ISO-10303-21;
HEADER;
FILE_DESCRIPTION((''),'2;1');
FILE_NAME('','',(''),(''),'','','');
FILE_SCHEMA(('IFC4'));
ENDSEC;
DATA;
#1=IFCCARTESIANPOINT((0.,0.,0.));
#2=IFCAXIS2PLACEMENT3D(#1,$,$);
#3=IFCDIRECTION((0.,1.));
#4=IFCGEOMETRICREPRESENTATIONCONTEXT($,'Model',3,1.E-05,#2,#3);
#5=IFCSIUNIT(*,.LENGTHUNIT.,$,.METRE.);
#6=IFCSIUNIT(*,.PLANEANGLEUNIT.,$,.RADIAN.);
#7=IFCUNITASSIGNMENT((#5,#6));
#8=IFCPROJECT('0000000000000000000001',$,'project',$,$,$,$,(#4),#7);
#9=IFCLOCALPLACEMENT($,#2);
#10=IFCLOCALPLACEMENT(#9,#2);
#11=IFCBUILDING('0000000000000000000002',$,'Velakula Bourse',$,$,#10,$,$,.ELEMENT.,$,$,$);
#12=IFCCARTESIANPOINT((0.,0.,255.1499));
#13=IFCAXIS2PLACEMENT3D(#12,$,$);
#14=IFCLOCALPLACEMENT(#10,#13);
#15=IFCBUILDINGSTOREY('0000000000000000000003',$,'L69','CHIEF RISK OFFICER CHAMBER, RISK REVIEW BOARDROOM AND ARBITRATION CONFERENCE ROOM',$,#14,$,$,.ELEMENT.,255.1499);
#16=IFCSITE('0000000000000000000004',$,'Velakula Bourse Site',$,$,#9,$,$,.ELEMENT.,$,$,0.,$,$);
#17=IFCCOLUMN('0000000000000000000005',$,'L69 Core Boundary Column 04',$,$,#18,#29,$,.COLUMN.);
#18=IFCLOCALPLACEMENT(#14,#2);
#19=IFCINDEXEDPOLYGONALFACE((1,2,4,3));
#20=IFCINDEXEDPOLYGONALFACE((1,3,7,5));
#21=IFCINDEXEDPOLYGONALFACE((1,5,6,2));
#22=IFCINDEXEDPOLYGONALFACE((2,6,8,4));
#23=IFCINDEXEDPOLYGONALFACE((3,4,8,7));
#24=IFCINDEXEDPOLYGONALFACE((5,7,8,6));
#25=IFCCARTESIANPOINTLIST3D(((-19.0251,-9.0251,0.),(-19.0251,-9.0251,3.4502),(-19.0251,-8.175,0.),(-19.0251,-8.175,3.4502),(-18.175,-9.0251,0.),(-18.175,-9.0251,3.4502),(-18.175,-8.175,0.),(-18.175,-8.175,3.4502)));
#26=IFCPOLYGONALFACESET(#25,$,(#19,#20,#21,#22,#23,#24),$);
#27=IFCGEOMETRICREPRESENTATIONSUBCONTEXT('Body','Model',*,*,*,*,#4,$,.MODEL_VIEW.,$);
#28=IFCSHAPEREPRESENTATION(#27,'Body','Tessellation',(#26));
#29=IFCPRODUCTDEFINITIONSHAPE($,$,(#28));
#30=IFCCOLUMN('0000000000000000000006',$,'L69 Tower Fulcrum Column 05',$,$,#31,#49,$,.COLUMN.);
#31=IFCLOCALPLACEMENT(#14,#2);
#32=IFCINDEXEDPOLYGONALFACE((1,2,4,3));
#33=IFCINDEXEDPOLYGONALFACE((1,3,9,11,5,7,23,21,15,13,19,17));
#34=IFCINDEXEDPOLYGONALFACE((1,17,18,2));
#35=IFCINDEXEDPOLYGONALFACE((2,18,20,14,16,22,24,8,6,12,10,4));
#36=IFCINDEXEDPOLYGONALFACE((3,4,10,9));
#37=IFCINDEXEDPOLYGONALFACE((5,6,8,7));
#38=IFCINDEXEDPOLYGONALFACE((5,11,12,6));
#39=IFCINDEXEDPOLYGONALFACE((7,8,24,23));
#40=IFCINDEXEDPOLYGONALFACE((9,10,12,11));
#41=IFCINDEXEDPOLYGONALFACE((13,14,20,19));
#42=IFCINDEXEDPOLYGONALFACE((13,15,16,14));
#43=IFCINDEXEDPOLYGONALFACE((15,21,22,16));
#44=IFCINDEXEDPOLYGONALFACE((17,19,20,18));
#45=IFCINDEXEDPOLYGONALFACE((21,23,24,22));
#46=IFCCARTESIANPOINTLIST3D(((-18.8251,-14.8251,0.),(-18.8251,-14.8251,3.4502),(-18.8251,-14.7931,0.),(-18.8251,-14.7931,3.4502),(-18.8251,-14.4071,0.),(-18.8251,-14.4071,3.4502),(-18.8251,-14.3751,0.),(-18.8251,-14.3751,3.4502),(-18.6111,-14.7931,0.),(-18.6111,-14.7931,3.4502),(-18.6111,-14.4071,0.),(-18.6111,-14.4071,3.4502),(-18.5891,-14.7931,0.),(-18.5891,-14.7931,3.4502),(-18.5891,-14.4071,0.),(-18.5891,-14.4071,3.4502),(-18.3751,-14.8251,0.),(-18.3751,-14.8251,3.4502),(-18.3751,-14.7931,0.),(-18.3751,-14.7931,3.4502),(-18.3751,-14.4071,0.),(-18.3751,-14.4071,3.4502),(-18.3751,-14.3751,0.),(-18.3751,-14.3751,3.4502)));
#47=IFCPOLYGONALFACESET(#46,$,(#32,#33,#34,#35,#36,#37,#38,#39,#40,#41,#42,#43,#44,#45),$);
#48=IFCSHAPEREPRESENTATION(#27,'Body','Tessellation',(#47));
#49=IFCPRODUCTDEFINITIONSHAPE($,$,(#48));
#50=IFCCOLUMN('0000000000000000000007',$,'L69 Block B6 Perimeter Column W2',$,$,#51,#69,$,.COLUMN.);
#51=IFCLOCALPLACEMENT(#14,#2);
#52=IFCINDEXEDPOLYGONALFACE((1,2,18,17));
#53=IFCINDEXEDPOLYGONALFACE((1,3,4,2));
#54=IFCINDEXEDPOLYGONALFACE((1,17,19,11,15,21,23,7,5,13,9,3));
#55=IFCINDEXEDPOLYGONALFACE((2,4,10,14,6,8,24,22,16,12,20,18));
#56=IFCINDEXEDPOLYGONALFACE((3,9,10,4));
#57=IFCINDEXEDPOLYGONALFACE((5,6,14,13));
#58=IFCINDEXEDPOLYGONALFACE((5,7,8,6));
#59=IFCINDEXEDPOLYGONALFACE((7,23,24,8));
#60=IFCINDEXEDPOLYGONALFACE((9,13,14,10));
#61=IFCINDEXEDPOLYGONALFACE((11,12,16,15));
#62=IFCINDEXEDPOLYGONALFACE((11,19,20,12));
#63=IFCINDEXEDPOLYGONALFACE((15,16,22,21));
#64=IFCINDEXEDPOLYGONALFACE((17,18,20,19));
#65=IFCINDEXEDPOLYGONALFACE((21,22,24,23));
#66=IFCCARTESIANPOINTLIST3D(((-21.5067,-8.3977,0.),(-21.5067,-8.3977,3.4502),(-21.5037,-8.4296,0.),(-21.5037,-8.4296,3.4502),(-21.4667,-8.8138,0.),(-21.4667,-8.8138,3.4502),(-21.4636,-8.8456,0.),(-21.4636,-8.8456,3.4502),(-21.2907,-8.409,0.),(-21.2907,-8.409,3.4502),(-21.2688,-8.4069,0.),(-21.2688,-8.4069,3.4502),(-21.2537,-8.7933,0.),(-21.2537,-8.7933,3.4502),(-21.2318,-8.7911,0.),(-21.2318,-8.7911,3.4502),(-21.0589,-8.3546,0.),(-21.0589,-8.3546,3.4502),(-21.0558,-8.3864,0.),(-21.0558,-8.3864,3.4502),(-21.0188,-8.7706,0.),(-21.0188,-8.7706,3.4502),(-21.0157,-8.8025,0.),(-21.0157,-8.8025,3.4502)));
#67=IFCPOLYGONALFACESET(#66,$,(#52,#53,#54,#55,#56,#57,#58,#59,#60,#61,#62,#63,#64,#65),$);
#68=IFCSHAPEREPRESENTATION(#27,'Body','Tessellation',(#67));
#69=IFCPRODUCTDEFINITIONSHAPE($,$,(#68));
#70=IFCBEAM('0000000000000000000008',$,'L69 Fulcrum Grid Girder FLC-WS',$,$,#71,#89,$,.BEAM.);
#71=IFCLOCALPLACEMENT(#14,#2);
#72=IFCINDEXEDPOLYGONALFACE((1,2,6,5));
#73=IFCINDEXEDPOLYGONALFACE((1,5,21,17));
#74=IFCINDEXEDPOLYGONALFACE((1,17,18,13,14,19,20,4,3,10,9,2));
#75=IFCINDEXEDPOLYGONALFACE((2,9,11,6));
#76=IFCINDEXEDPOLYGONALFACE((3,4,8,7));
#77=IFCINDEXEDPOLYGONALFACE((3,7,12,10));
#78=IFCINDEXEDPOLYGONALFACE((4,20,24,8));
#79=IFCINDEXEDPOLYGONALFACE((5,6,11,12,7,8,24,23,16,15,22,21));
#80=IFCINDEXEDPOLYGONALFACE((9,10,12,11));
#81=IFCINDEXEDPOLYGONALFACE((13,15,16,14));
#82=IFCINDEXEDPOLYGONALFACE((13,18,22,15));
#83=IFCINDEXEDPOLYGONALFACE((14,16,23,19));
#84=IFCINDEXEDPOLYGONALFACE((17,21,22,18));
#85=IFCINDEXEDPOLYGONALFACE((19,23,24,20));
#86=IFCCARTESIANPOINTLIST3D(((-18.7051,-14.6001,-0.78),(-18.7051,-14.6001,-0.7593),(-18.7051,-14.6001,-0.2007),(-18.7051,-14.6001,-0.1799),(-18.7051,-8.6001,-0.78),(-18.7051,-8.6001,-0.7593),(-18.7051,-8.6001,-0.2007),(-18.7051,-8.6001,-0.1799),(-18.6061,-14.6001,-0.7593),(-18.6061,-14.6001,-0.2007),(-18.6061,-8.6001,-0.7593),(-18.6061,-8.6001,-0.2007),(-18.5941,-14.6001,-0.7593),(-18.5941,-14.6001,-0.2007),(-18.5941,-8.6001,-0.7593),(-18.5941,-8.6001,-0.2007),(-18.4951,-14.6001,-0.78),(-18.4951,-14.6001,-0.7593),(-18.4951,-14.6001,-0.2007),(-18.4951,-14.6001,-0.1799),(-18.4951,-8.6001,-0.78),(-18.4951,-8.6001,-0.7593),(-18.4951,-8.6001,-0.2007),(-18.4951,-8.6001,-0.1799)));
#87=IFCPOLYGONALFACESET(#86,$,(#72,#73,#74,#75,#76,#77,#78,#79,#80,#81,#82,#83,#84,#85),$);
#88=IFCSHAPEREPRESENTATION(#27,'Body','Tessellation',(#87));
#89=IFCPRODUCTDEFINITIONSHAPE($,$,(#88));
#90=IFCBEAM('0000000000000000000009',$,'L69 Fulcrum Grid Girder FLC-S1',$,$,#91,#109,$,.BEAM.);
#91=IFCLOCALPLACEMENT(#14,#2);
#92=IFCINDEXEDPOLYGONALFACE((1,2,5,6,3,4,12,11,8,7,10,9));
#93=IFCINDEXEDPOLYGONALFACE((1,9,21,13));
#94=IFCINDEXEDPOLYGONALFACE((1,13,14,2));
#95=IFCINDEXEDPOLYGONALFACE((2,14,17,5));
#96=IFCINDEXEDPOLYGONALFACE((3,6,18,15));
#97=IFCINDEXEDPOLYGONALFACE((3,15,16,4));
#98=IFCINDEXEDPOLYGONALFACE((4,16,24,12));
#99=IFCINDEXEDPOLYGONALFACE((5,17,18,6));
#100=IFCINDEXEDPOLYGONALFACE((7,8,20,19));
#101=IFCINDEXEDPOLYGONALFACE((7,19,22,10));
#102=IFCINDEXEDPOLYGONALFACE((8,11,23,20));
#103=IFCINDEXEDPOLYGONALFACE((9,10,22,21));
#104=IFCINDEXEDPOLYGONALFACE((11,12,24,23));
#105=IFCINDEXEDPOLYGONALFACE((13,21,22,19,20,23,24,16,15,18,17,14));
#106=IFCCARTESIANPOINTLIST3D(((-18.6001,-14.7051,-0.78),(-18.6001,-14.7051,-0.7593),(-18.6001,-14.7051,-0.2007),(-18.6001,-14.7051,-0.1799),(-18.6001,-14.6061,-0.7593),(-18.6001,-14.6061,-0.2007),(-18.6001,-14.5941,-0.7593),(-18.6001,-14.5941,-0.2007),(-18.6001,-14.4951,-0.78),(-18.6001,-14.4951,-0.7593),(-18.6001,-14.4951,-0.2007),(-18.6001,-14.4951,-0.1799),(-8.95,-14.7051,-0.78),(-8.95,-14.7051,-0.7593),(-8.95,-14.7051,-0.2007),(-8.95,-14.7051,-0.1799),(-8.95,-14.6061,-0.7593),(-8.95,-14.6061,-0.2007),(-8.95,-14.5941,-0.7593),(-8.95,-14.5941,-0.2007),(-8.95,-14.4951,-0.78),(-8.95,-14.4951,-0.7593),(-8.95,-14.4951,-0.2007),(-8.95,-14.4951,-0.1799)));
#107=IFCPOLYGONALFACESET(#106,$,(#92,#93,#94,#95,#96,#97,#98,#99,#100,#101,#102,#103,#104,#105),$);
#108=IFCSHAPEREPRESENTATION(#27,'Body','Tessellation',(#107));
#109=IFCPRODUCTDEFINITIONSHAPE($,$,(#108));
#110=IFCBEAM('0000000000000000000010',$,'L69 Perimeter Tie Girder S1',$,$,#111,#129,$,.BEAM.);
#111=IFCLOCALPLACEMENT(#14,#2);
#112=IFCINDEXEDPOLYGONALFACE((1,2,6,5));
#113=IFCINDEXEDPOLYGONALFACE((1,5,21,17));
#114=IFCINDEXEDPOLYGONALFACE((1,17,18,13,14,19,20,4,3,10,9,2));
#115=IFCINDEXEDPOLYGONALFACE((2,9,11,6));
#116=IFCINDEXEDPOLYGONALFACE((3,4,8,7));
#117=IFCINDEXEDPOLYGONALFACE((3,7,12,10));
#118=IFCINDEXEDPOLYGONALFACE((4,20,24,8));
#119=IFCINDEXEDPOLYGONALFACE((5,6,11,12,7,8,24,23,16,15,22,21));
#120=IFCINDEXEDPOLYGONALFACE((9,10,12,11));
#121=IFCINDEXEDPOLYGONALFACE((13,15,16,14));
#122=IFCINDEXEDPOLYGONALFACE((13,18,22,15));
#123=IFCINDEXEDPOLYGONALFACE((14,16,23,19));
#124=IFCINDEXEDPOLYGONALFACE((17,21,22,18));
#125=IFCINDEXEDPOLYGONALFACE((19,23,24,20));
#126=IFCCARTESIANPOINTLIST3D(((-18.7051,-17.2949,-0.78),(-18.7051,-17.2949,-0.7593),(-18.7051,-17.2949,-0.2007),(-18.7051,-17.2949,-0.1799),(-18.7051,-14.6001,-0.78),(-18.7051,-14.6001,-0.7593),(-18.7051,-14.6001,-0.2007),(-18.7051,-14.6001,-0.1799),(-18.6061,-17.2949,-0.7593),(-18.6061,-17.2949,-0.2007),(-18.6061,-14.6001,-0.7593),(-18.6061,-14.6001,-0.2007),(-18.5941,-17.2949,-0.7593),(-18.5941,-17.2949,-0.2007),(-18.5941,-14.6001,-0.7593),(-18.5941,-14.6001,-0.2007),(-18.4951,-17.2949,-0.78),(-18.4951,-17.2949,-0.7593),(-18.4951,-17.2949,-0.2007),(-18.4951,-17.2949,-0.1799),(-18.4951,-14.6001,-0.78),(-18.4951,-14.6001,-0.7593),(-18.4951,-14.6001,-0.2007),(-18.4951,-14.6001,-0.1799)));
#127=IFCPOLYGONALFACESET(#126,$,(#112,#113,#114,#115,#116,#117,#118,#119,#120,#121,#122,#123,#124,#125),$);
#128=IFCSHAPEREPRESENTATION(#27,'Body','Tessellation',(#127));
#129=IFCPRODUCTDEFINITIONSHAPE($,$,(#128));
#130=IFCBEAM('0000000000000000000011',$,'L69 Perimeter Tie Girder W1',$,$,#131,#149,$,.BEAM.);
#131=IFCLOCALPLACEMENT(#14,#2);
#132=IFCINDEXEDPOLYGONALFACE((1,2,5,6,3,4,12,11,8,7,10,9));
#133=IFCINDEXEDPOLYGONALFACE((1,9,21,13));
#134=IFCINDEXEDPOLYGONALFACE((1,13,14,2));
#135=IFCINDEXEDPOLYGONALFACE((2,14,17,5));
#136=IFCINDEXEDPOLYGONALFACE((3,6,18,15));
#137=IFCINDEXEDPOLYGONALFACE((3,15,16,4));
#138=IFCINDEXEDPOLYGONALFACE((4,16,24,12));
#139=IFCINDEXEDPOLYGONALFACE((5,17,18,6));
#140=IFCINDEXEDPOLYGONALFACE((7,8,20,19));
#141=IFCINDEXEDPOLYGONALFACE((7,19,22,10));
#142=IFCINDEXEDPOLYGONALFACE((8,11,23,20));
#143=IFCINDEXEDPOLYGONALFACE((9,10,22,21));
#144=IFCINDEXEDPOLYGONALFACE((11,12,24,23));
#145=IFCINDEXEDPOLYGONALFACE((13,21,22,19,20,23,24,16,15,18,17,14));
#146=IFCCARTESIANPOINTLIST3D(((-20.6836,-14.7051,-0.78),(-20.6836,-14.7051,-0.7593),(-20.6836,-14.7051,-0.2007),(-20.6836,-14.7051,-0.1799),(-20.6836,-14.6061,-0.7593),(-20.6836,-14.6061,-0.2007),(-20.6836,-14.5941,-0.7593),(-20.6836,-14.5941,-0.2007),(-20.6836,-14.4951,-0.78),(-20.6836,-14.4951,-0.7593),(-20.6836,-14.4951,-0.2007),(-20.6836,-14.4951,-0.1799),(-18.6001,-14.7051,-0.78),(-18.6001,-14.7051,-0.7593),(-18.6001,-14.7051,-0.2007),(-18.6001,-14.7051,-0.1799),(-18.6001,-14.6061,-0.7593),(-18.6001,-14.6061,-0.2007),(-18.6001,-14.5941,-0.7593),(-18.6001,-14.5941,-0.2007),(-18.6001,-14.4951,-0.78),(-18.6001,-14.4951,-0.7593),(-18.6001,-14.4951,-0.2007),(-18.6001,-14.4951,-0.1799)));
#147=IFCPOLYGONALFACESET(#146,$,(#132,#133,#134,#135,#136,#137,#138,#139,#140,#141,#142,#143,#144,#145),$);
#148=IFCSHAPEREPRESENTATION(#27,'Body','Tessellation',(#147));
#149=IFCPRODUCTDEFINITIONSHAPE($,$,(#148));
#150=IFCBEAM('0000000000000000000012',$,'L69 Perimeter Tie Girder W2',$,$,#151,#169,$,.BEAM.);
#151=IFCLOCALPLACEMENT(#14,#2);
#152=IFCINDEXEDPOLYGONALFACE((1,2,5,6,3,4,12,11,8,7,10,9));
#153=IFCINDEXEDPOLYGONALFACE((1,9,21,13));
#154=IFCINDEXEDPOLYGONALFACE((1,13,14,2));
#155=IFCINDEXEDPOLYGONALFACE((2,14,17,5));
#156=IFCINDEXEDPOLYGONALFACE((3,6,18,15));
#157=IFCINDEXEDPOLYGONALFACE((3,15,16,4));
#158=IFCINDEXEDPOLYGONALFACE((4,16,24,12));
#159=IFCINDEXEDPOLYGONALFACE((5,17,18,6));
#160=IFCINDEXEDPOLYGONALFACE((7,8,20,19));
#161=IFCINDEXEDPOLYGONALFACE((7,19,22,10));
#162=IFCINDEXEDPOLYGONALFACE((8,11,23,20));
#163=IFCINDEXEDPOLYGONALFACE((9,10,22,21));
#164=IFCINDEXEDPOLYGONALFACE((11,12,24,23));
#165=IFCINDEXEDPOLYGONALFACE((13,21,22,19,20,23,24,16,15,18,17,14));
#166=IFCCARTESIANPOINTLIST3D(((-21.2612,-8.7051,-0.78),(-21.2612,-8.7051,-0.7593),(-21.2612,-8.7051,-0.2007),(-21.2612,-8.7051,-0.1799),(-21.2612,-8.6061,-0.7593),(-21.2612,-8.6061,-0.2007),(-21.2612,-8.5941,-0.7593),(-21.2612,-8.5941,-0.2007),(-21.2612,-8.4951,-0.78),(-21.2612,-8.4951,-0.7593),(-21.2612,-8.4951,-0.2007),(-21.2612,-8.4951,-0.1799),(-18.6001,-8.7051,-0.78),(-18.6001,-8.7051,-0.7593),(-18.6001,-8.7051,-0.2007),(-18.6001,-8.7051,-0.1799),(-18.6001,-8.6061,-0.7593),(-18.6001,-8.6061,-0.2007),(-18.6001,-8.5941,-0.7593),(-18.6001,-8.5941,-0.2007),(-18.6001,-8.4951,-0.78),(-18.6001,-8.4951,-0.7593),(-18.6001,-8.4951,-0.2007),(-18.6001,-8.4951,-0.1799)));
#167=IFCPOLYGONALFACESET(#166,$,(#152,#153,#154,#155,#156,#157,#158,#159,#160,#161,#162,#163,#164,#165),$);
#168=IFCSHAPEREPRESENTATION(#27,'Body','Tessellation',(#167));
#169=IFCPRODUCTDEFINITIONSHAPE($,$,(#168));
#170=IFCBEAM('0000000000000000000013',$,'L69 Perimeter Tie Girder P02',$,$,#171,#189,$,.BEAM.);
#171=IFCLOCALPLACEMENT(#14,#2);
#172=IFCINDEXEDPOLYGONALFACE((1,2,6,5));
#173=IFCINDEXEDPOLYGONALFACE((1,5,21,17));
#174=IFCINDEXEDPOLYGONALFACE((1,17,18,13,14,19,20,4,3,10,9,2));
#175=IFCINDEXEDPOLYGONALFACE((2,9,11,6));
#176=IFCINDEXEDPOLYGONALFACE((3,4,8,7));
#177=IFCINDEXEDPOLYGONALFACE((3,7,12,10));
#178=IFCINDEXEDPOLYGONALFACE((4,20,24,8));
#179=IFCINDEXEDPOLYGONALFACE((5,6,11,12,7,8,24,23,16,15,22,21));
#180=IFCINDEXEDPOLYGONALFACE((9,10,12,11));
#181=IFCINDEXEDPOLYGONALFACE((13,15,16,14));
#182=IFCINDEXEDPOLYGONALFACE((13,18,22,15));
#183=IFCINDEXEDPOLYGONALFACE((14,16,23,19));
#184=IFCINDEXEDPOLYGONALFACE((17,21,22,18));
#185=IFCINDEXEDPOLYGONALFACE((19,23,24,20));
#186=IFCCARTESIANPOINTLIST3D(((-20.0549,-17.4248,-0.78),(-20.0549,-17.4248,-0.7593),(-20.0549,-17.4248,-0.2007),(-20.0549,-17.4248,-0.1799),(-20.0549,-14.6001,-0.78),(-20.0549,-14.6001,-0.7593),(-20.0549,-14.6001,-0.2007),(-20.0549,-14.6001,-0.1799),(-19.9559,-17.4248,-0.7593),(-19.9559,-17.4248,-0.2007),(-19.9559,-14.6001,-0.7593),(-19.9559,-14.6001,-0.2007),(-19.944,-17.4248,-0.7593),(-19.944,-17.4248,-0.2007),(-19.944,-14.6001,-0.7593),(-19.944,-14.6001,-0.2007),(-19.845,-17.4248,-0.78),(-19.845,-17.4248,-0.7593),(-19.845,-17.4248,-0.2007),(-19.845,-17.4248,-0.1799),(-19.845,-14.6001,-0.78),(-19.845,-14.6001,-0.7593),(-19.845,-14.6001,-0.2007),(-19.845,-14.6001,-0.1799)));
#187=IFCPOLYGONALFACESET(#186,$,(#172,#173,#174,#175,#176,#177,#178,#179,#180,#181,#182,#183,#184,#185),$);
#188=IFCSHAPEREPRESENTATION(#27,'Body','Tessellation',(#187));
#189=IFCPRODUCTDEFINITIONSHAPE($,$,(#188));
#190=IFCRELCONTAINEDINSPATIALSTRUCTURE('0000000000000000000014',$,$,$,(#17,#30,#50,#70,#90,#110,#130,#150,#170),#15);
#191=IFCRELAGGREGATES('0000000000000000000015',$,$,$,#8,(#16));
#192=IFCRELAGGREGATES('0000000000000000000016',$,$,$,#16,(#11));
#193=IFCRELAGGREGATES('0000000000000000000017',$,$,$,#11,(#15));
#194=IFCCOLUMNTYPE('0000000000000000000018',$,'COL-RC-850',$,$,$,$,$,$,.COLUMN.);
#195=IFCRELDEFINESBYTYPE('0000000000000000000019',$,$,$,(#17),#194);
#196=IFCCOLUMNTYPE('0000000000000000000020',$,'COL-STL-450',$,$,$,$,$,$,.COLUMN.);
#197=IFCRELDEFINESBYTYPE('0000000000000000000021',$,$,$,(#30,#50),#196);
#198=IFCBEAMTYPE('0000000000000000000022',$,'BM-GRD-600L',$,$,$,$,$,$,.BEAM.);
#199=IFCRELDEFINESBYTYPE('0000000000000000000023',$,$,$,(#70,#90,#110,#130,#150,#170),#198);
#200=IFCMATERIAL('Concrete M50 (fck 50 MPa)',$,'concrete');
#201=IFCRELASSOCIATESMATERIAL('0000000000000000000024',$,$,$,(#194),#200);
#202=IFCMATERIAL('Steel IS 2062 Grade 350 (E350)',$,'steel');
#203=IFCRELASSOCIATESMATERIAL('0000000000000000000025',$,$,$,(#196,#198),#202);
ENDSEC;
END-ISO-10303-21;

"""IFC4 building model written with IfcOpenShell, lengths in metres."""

from ifc_helpers import new_model, si_unit, direction, frame, origin, origin_2d, place, context, subcontext, project, spatial, rectangle, i_section, extrude, material, material_profile, profile_set, type_object, element, save


model = new_model("IFC4")

# Units and contexts
model_context = context("Model", 3, precision=1e-05, world=origin(), true_north=direction((0.0, 1.0)))
body_context = subcontext(model_context, "Body", "Model", "MODEL_VIEW")
ifc_project = project(units=[si_unit("LENGTHUNIT", "METRE"), si_unit("PLANEANGLEUNIT", "RADIAN")], contexts=[model_context])

# Site, building, storey
site_placement = place(None, origin())
site = spatial("IfcSite", under=ifc_project, at=site_placement, Name="Velakula Bourse Site", CompositionType="ELEMENT", RefElevation=0.0)
building_placement = place(site_placement, origin())
building = spatial("IfcBuilding", under=site, at=building_placement, Name="Velakula Bourse", CompositionType="ELEMENT")
storey_placement = place(building_placement, frame((0.0, 0.0, 255.1499)))
storey = spatial("IfcBuildingStorey", under=building, at=storey_placement, Name="L69", Description="CHIEF RISK OFFICER CHAMBER, RISK REVIEW BOARDROOM AND ARBITRATION CONFERENCE ROOM", CompositionType="ELEMENT", Elevation=255.1499)

# Columns
ifc_material_1 = material(Name="Concrete M50 (fck 50 MPa)", Category="concrete")
ifc_material_profile_1 = material_profile(ifc_material_1, rectangle(XDim=0.8501, YDim=0.8501, at=origin_2d()), Name="Concrete M50 (fck 50 MPa)")
ifc_profile_set_1 = profile_set([ifc_material_profile_1], Name="Concrete M50 (fck 50 MPa)")
column_type_1 = type_object("IfcColumnType", Name="COL-RC-850", PredefinedType="COLUMN", material=ifc_profile_set_1)
column_placement = place(storey_placement, frame((-18.6001, -8.6001, 0.0), z_axis=(0.0, 0.0, 1.0), x_axis=(1.0, 0.0, 0.0)))
element("IfcColumn", 1, at=column_placement, inside=storey, type_object=column_type_1, Name="L69 Core Boundary Column 04", PredefinedType="COLUMN", context=body_context, shape_type="SweptSolid", body=[
    extrude(rectangle(XDim=0.8501, YDim=0.8501, at=origin_2d()), origin(), (0.0, 0.0, 1.0), 3.4502),
])
ifc_material_2 = material(Name="Steel IS 2062 Grade 350 (E350)", Category="steel")
ifc_material_profile_2 = material_profile(ifc_material_2, i_section(OverallWidth=0.45, OverallDepth=0.45, WebThickness=0.022, FlangeThickness=0.032, at=origin_2d()), Name="Steel IS 2062 Grade 350 (E350)")
ifc_profile_set_2 = profile_set([ifc_material_profile_2], Name="Steel IS 2062 Grade 350 (E350)")
column_type_2 = type_object("IfcColumnType", Name="COL-STL-450", PredefinedType="COLUMN", material=ifc_profile_set_2)
for number, where, z_axis, x_axis, name in (
    (2, (-18.6001, -14.6001, 0.0), (0.0, 0.0, 1.0), (1.0, 0.0, 0.0), "L69 Tower Fulcrum Column 05"),
    (3, (-21.2612, -8.6001, 0.0), (0.0, 0.0, 1.0), (0.995396, 0.095846, 0.0), "L69 Block B6 Perimeter Column W2"),
):
    element("IfcColumn", number, at=place(storey_placement, frame(where, z_axis=z_axis, x_axis=x_axis)), inside=storey, type_object=column_type_2, Name=name, PredefinedType="COLUMN", context=body_context, shape_type="SweptSolid", body=[
        extrude(i_section(OverallWidth=0.45, OverallDepth=0.45, WebThickness=0.022, FlangeThickness=0.032, at=origin_2d()), origin(), (0.0, 0.0, 1.0), 3.4502),
    ])

# Beams
ifc_material_profile_3 = material_profile(ifc_material_2, i_section(OverallWidth=0.21, OverallDepth=0.6001, WebThickness=0.012, FlangeThickness=0.0208, at=origin_2d()), Name="Steel IS 2062 Grade 350 (E350)")
ifc_profile_set_3 = profile_set([ifc_material_profile_3], Name="Steel IS 2062 Grade 350 (E350)")
beam_type_1 = type_object("IfcBeamType", Name="BM-GRD-600L", PredefinedType="BEAM", material=ifc_profile_set_3)
beam_1_placement = place(storey_placement, frame((-18.6001, -14.6001, -0.48), z_axis=(0.0, 1.0, 0.0), x_axis=(-1.0, 0.0, 0.0)))
element("IfcBeam", 4, at=beam_1_placement, inside=storey, type_object=beam_type_1, Name="L69 Fulcrum Grid Girder FLC-WS", PredefinedType="BEAM", context=body_context, shape_type="SweptSolid", body=[
    extrude(i_section(OverallWidth=0.21, OverallDepth=0.6001, WebThickness=0.012, FlangeThickness=0.0208, at=origin_2d()), origin(), (0.0, 0.0, 1.0), 6.0),
])
beam_2_placement = place(storey_placement, frame((-18.6001, -14.6001, -0.48), z_axis=(1.0, 0.0, 0.0), x_axis=(0.0, 1.0, 0.0)))
element("IfcBeam", 5, at=beam_2_placement, inside=storey, type_object=beam_type_1, Name="L69 Fulcrum Grid Girder FLC-S1", PredefinedType="BEAM", context=body_context, shape_type="SweptSolid", body=[
    extrude(i_section(OverallWidth=0.21, OverallDepth=0.6001, WebThickness=0.012, FlangeThickness=0.0208, at=origin_2d()), origin(), (0.0, 0.0, 1.0), 9.6501),
])
beam_3_placement = place(storey_placement, frame((-18.6001, -14.6001, -0.48), z_axis=(0.0, -1.0, 0.0), x_axis=(1.0, 0.0, 0.0)))
element("IfcBeam", 6, at=beam_3_placement, inside=storey, type_object=beam_type_1, Name="L69 Perimeter Tie Girder S1", PredefinedType="BEAM", context=body_context, shape_type="SweptSolid", body=[
    extrude(i_section(OverallWidth=0.21, OverallDepth=0.6001, WebThickness=0.012, FlangeThickness=0.0208, at=origin_2d()), origin(), (0.0, 0.0, 1.0), 2.6948),
])
beam_4_placement = place(storey_placement, frame((-18.6001, -14.6001, -0.48), z_axis=(-1.0, 0.0, 0.0), x_axis=(0.0, -1.0, 0.0)))
element("IfcBeam", 7, at=beam_4_placement, inside=storey, type_object=beam_type_1, Name="L69 Perimeter Tie Girder W1", PredefinedType="BEAM", context=body_context, shape_type="SweptSolid", body=[
    extrude(i_section(OverallWidth=0.21, OverallDepth=0.6001, WebThickness=0.012, FlangeThickness=0.0208, at=origin_2d()), origin(), (0.0, 0.0, 1.0), 2.0835),
])
beam_5_placement = place(storey_placement, frame((-18.6001, -8.6001, -0.48), z_axis=(-1.0, 0.0, 0.0), x_axis=(0.0, -1.0, 0.0)))
element("IfcBeam", 8, at=beam_5_placement, inside=storey, type_object=beam_type_1, Name="L69 Perimeter Tie Girder W2", PredefinedType="BEAM", context=body_context, shape_type="SweptSolid", body=[
    extrude(i_section(OverallWidth=0.21, OverallDepth=0.6001, WebThickness=0.012, FlangeThickness=0.0208, at=origin_2d()), origin(), (0.0, 0.0, 1.0), 2.6611),
])
beam_6_placement = place(storey_placement, frame((-19.95, -14.6001, -0.48), z_axis=(0.0, -1.0, 0.0), x_axis=(1.0, 0.0, 0.0)))
element("IfcBeam", 9, at=beam_6_placement, inside=storey, type_object=beam_type_1, Name="L69 Perimeter Tie Girder P02", PredefinedType="BEAM", context=body_context, shape_type="SweptSolid", body=[
    extrude(i_section(OverallWidth=0.21, OverallDepth=0.6001, WebThickness=0.012, FlangeThickness=0.0208, at=origin_2d()), origin(), (0.0, 0.0, 1.0), 2.8247),
])

save(model, "model.ifc")
